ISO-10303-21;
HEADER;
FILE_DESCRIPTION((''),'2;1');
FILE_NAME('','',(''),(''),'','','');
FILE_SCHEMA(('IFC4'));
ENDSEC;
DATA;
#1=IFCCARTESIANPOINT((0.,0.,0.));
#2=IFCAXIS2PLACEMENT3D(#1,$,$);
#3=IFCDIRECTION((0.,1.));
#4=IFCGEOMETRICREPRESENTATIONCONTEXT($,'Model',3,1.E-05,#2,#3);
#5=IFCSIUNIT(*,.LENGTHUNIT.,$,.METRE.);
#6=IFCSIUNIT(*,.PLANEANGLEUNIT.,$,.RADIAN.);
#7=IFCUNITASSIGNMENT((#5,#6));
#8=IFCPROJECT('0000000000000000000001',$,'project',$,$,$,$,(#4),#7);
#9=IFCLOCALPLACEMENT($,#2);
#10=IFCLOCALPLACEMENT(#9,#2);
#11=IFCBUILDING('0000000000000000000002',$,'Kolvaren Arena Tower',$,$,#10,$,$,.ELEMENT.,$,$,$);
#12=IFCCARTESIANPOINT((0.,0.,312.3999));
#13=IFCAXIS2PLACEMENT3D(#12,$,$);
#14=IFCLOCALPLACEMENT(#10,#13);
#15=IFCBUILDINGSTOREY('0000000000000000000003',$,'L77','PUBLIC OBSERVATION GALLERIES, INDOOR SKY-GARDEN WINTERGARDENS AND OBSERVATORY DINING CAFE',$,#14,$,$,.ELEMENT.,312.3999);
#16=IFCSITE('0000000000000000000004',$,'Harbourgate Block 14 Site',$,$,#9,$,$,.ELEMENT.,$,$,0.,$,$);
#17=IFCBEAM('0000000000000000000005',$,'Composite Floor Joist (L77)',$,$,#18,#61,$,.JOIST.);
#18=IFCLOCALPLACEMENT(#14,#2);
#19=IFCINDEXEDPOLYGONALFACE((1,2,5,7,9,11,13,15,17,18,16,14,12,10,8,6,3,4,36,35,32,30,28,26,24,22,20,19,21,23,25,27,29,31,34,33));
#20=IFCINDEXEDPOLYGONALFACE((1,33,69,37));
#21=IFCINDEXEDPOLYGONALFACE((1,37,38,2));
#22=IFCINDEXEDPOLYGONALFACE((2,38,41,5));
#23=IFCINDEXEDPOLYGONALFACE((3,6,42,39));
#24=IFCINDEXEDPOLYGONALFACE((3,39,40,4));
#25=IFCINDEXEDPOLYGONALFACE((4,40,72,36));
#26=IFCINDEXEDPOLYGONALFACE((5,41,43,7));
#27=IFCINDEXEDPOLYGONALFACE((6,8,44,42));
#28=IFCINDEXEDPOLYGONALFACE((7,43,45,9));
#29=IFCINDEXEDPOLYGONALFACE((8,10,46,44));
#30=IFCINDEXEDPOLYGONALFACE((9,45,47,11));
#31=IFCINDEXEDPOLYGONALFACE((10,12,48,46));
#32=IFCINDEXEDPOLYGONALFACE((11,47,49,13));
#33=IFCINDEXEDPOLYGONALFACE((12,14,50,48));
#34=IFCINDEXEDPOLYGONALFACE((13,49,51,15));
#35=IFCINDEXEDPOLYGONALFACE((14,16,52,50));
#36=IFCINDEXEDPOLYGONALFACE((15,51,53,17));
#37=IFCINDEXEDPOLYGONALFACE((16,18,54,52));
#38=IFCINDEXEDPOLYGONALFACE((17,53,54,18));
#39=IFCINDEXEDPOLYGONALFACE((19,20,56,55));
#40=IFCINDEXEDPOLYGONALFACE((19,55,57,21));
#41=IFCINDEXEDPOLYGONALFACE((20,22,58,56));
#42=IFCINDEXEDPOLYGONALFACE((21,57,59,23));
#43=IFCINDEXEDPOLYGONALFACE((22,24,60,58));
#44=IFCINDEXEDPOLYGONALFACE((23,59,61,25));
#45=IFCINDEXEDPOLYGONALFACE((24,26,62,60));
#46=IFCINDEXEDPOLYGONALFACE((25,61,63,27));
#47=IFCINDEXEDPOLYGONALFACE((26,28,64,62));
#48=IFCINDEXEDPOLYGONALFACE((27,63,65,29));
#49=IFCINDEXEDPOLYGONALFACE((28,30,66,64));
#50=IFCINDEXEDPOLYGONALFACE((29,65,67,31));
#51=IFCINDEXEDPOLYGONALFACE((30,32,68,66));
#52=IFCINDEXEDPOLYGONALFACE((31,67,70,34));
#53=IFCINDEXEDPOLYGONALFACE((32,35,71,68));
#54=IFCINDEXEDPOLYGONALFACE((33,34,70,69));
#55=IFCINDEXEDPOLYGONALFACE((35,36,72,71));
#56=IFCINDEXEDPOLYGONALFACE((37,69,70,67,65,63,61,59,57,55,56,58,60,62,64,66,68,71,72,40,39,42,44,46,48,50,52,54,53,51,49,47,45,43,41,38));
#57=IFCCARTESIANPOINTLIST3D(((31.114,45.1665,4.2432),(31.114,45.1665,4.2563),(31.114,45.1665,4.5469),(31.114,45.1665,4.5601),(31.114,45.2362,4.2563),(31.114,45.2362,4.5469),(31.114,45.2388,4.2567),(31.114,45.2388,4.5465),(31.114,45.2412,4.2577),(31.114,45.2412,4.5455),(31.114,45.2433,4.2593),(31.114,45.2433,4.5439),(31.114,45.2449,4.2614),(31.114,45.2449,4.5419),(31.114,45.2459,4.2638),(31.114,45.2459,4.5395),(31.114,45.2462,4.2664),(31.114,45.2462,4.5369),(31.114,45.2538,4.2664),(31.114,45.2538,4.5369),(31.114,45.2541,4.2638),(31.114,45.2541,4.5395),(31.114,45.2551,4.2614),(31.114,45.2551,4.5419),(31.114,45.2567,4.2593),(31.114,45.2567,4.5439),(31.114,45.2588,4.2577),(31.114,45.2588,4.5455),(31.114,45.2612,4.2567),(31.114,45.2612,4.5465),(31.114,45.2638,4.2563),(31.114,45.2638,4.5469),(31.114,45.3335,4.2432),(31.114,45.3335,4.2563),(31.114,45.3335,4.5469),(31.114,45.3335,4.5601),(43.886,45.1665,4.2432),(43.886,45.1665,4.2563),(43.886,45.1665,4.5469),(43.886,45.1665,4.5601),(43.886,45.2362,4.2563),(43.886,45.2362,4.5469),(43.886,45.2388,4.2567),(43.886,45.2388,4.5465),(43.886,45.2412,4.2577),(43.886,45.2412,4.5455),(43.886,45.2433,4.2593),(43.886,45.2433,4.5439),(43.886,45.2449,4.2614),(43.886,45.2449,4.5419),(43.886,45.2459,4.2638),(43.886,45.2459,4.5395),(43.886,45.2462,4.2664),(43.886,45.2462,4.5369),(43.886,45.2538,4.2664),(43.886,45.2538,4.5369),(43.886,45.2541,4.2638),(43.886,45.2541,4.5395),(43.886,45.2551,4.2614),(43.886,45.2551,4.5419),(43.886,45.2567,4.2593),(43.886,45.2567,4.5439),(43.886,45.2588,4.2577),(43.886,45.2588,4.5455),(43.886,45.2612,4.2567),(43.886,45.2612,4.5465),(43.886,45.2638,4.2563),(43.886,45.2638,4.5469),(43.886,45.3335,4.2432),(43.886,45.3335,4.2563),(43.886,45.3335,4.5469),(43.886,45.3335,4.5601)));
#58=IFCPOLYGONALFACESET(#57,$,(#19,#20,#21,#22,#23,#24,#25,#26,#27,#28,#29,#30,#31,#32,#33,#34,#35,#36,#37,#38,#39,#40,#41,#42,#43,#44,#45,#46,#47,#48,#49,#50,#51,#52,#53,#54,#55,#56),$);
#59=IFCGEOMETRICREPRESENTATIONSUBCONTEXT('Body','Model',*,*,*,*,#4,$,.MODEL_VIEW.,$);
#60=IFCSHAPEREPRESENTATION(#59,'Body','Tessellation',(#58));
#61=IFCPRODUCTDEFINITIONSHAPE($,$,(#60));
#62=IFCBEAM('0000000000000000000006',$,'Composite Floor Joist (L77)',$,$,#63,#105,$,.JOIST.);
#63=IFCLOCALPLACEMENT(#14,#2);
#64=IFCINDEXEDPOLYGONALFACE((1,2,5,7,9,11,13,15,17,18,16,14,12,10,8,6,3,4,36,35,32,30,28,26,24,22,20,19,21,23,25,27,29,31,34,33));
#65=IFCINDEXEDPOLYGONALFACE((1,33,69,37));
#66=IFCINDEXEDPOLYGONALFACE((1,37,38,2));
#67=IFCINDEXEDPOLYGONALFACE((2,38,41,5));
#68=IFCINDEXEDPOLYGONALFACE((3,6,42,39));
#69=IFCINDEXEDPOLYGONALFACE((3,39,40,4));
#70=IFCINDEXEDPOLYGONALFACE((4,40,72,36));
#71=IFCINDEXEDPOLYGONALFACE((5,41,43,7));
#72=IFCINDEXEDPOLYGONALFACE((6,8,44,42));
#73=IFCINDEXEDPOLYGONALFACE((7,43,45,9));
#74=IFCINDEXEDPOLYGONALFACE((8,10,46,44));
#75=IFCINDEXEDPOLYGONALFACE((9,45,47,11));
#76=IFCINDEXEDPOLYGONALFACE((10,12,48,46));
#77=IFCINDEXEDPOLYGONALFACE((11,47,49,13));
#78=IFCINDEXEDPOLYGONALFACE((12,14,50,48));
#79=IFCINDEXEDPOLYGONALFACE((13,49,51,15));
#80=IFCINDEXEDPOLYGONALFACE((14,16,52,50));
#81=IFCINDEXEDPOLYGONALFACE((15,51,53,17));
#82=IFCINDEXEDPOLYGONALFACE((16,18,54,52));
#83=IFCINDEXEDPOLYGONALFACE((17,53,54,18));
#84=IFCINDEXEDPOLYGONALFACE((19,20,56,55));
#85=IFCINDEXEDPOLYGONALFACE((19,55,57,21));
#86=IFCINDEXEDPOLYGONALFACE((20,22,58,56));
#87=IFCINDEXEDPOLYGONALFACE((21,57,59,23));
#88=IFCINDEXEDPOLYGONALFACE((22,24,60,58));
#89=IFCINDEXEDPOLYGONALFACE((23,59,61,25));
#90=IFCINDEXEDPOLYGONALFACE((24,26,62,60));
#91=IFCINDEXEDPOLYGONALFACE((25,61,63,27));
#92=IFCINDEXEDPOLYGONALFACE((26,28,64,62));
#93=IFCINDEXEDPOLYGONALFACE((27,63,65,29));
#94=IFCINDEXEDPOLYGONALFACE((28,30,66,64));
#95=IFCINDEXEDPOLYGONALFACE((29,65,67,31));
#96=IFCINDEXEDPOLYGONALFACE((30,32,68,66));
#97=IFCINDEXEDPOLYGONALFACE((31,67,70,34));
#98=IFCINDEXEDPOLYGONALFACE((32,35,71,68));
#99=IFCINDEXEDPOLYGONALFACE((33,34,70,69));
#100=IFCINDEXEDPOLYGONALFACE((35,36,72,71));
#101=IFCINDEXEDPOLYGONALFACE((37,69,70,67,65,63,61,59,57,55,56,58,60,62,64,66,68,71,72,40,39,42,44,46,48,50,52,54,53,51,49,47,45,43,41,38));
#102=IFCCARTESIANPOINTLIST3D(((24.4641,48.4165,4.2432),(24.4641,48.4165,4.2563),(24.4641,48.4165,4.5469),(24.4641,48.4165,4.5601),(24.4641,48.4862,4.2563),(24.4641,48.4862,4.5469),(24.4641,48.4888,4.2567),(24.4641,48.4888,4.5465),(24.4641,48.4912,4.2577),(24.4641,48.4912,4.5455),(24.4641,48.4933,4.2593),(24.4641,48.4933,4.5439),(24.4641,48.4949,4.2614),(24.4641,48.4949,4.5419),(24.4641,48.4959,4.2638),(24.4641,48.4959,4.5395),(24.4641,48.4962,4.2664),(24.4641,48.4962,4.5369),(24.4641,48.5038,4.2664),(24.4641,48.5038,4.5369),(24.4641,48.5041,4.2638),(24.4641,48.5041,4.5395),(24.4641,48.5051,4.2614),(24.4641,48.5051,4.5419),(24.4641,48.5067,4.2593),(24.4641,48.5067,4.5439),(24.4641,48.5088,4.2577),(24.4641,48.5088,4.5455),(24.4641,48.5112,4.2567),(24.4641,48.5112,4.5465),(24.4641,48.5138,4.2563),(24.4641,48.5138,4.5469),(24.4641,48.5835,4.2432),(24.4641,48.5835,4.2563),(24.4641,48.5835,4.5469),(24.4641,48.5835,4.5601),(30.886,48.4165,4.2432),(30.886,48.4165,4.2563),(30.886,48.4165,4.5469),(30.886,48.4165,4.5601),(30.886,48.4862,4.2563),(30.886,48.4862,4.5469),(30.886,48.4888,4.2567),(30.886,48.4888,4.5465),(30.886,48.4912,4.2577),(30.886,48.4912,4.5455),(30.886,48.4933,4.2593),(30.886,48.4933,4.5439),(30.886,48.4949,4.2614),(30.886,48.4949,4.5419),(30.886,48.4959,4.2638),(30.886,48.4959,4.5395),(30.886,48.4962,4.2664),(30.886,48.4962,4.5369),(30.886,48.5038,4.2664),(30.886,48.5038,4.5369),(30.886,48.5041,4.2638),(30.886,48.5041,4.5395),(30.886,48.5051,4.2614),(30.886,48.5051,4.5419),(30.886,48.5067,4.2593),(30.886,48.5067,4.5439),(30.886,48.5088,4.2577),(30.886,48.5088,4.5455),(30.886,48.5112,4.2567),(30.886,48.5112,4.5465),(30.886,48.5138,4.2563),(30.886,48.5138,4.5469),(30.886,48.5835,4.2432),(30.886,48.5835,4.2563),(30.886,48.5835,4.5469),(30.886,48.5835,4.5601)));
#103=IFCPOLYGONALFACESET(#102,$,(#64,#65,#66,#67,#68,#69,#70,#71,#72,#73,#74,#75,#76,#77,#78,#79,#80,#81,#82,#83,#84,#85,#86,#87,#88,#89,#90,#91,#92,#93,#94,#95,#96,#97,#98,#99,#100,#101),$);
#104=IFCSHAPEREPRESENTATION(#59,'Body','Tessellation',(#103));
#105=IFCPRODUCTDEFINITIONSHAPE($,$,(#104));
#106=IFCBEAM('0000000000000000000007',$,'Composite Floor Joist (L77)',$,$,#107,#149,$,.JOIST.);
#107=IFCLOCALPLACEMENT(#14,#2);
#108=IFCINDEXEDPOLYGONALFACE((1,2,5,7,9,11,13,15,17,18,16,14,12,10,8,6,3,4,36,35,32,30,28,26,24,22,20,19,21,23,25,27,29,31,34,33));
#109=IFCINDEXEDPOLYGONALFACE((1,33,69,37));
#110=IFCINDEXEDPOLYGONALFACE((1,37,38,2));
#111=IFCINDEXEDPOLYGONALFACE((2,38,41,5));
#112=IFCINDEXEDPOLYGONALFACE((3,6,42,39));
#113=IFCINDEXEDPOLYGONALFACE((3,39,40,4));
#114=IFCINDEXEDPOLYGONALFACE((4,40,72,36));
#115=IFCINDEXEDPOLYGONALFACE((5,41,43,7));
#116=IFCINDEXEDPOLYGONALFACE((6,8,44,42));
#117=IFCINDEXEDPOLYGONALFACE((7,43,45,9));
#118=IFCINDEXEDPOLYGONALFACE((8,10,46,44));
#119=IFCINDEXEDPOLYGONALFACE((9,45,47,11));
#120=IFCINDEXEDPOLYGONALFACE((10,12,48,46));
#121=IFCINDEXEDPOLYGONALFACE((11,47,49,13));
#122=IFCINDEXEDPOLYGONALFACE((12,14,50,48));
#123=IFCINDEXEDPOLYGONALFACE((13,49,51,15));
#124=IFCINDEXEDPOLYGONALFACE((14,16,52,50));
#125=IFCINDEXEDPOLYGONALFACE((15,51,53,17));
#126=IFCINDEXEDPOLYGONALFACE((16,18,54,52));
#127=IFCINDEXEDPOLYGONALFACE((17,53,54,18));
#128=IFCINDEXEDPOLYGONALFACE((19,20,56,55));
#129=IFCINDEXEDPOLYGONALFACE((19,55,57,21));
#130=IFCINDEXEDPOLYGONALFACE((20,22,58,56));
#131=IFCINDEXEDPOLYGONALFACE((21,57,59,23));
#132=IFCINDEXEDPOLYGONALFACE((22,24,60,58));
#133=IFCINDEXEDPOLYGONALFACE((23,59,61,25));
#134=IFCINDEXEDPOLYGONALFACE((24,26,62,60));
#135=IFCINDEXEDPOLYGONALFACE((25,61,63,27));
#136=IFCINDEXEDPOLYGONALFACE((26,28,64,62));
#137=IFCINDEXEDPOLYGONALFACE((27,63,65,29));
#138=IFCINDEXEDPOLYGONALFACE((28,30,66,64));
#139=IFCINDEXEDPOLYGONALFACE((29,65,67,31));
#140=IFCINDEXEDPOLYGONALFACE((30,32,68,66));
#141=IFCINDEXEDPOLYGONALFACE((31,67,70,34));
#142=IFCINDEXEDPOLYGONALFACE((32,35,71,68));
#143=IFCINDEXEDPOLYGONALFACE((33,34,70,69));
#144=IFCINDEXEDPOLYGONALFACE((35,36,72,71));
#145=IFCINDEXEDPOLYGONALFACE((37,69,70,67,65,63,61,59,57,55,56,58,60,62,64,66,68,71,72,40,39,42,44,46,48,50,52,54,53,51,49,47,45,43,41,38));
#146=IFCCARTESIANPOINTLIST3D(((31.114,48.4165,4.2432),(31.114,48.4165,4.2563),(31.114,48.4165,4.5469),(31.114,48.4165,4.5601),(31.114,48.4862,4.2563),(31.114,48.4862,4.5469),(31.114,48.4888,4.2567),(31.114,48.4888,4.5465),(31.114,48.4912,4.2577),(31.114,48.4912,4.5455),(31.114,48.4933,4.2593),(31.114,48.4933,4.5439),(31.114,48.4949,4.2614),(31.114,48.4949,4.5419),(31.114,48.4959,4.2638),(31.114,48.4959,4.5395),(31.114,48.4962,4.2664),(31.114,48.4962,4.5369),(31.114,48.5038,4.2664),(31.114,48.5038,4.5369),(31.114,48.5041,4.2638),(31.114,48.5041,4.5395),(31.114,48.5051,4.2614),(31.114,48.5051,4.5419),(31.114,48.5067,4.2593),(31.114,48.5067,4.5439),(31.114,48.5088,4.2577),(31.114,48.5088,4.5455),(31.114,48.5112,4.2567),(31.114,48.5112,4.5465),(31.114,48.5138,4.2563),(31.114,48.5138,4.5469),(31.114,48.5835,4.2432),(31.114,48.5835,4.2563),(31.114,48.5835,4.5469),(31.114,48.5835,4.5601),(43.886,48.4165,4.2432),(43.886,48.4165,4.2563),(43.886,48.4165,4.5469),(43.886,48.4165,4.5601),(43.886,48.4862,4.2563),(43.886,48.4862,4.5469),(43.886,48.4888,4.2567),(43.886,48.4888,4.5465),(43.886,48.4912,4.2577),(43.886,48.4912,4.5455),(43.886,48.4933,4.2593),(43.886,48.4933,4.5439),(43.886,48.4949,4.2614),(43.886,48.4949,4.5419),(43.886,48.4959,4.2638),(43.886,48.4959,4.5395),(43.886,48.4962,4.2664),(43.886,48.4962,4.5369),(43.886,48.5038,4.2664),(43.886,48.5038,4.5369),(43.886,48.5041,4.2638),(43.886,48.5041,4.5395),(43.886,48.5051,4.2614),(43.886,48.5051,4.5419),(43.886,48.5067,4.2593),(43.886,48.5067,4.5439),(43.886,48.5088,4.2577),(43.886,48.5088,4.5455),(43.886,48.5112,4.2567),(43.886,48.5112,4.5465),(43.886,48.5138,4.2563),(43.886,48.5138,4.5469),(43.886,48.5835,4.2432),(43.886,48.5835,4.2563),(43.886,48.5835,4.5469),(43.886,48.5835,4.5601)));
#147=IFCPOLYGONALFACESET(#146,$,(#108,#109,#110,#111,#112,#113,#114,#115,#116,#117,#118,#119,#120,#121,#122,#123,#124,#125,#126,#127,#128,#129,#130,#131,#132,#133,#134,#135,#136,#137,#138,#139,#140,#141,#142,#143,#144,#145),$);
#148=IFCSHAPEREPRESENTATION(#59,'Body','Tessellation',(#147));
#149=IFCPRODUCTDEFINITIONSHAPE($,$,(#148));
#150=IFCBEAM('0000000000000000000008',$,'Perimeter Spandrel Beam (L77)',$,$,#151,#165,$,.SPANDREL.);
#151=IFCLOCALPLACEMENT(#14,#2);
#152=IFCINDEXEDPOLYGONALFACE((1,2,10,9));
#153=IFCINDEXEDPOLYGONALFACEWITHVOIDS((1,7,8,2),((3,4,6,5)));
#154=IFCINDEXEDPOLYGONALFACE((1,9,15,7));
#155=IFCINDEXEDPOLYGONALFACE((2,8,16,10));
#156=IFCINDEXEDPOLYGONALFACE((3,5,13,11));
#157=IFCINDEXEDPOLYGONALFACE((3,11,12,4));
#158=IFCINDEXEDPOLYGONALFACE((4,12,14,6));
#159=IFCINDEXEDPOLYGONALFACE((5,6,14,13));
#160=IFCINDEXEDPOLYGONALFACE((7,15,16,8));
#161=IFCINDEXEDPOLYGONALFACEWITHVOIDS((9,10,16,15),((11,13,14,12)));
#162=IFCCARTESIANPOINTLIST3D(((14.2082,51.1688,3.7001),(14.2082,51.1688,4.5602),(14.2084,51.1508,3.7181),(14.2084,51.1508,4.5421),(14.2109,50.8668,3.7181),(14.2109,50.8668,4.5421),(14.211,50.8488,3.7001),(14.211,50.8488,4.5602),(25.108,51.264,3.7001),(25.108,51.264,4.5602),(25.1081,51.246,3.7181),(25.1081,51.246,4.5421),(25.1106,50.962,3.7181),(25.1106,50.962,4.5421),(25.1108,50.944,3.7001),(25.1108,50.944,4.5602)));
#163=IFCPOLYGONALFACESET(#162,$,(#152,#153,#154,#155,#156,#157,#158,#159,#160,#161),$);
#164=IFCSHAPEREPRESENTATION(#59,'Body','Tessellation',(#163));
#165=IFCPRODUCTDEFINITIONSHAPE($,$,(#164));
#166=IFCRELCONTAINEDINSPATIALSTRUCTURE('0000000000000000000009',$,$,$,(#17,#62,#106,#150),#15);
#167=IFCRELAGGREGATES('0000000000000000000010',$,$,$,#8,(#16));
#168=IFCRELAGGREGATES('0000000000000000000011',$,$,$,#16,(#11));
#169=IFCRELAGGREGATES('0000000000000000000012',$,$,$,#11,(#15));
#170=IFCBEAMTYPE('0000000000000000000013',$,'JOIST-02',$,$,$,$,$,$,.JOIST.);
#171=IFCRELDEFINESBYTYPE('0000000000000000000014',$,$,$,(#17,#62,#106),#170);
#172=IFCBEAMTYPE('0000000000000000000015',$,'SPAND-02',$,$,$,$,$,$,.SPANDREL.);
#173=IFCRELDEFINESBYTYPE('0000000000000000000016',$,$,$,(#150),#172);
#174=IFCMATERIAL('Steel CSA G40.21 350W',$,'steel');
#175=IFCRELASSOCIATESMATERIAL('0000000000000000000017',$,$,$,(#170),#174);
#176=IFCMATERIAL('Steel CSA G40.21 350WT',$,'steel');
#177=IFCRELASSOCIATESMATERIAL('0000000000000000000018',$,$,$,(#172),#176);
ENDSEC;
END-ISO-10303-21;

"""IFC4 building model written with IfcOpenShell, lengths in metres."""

from ifc_helpers import new_model, si_unit, direction, frame, origin, origin_2d, place, context, subcontext, project, spatial, hollow_rectangle, i_section, extrude, material, material_profile, profile_set, type_object, element, save


model = new_model("IFC4")

# Units and contexts
model_context = context("Model", 3, precision=1e-05, world=origin(), true_north=direction((0.0, 1.0)))
body_context = subcontext(model_context, "Body", "Model", "MODEL_VIEW")
ifc_project = project(units=[si_unit("LENGTHUNIT", "METRE"), si_unit("PLANEANGLEUNIT", "RADIAN")], contexts=[model_context])

# Site, building, storey
site_placement = place(None, origin())
site = spatial("IfcSite", under=ifc_project, at=site_placement, Name="Harbourgate Block 14 Site", CompositionType="ELEMENT", RefElevation=0.0)
building_placement = place(site_placement, origin())
building = spatial("IfcBuilding", under=site, at=building_placement, Name="Kolvaren Arena Tower", CompositionType="ELEMENT")
storey_placement = place(building_placement, frame((0.0, 0.0, 312.3999)))
storey = spatial("IfcBuildingStorey", under=building, at=storey_placement, Name="L77", Description="PUBLIC OBSERVATION GALLERIES, INDOOR SKY-GARDEN WINTERGARDENS AND OBSERVATORY DINING CAFE", CompositionType="ELEMENT", Elevation=312.3999)

# Shared definitions
ifc_material_1 = material(Name="Steel CSA G40.21 350W", Category="steel")

# Beams
ifc_material_profile_1 = material_profile(ifc_material_1, i_section(OverallWidth=0.167, OverallDepth=0.3169, WebThickness=0.0076, FlangeThickness=0.0132, FilletRadius=0.01, at=origin_2d()), Name="W310x52")
ifc_profile_set_1 = profile_set([ifc_material_profile_1], Name="Steel CSA G40.21 350W")
beam_type_1 = type_object("IfcBeamType", Name="JOIST-02", PredefinedType="JOIST", material=ifc_profile_set_1)
beam_1_placement = place(storey_placement, frame((31.114, 45.25, 4.4016), z_axis=(1.0, 0.0, 0.0), x_axis=(0.0, 1.0, 0.0)))
element("IfcBeam", 1, at=beam_1_placement, inside=storey, type_object=beam_type_1, Name="Composite Floor Joist (L77)", PredefinedType="JOIST", context=body_context, shape_type="SweptSolid", body=[
    extrude(i_section(OverallWidth=0.167, OverallDepth=0.3169, WebThickness=0.0076, FlangeThickness=0.0132, FilletRadius=0.01, at=origin_2d()), origin(), (0.0, 0.0, 1.0), 12.772),
])
beam_2_placement = place(storey_placement, frame((24.4641, 48.5, 4.4016), z_axis=(1.0, 0.0, 0.0), x_axis=(0.0, 1.0, 0.0)))
element("IfcBeam", 2, at=beam_2_placement, inside=storey, type_object=beam_type_1, Name="Composite Floor Joist (L77)", PredefinedType="JOIST", context=body_context, shape_type="SweptSolid", body=[
    extrude(i_section(OverallWidth=0.167, OverallDepth=0.3169, WebThickness=0.0076, FlangeThickness=0.0132, FilletRadius=0.01, at=origin_2d()), origin(), (0.0, 0.0, 1.0), 6.4219),
])
beam_3_placement = place(storey_placement, frame((31.114, 48.5, 4.4016), z_axis=(1.0, 0.0, 0.0), x_axis=(0.0, 1.0, 0.0)))
element("IfcBeam", 3, at=beam_3_placement, inside=storey, type_object=beam_type_1, Name="Composite Floor Joist (L77)", PredefinedType="JOIST", context=body_context, shape_type="SweptSolid", body=[
    extrude(i_section(OverallWidth=0.167, OverallDepth=0.3169, WebThickness=0.0076, FlangeThickness=0.0132, FilletRadius=0.01, at=origin_2d()), origin(), (0.0, 0.0, 1.0), 12.772),
])
ifc_material_2 = material(Name="Steel CSA G40.21 350WT", Category="steel")
ifc_material_profile_2 = material_profile(ifc_material_2, hollow_rectangle(XDim=0.3201, YDim=0.8601, WallThickness=0.0181, at=origin_2d()), Name="HSS 860x320x18")
ifc_profile_set_2 = profile_set([ifc_material_profile_2], Name="Steel CSA G40.21 350WT")
beam_type_2 = type_object("IfcBeamType", Name="SPAND-02", PredefinedType="SPANDREL", material=ifc_profile_set_2)
beam_4_placement = place(storey_placement, frame((25.1094, 51.104, 4.1301), z_axis=(-0.999962, -0.008735, 0.0), x_axis=(0.008735, -0.999962, 0.0)))
element("IfcBeam", 4, at=beam_4_placement, inside=storey, type_object=beam_type_2, Name="Perimeter Spandrel Beam (L77)", PredefinedType="SPANDREL", context=body_context, shape_type="SweptSolid", body=[
    extrude(hollow_rectangle(XDim=0.3201, YDim=0.8601, WallThickness=0.0181, at=origin_2d()), origin(), (0.0, 0.0, 1.0), 10.9001),
])

save(model, "model.ifc")
